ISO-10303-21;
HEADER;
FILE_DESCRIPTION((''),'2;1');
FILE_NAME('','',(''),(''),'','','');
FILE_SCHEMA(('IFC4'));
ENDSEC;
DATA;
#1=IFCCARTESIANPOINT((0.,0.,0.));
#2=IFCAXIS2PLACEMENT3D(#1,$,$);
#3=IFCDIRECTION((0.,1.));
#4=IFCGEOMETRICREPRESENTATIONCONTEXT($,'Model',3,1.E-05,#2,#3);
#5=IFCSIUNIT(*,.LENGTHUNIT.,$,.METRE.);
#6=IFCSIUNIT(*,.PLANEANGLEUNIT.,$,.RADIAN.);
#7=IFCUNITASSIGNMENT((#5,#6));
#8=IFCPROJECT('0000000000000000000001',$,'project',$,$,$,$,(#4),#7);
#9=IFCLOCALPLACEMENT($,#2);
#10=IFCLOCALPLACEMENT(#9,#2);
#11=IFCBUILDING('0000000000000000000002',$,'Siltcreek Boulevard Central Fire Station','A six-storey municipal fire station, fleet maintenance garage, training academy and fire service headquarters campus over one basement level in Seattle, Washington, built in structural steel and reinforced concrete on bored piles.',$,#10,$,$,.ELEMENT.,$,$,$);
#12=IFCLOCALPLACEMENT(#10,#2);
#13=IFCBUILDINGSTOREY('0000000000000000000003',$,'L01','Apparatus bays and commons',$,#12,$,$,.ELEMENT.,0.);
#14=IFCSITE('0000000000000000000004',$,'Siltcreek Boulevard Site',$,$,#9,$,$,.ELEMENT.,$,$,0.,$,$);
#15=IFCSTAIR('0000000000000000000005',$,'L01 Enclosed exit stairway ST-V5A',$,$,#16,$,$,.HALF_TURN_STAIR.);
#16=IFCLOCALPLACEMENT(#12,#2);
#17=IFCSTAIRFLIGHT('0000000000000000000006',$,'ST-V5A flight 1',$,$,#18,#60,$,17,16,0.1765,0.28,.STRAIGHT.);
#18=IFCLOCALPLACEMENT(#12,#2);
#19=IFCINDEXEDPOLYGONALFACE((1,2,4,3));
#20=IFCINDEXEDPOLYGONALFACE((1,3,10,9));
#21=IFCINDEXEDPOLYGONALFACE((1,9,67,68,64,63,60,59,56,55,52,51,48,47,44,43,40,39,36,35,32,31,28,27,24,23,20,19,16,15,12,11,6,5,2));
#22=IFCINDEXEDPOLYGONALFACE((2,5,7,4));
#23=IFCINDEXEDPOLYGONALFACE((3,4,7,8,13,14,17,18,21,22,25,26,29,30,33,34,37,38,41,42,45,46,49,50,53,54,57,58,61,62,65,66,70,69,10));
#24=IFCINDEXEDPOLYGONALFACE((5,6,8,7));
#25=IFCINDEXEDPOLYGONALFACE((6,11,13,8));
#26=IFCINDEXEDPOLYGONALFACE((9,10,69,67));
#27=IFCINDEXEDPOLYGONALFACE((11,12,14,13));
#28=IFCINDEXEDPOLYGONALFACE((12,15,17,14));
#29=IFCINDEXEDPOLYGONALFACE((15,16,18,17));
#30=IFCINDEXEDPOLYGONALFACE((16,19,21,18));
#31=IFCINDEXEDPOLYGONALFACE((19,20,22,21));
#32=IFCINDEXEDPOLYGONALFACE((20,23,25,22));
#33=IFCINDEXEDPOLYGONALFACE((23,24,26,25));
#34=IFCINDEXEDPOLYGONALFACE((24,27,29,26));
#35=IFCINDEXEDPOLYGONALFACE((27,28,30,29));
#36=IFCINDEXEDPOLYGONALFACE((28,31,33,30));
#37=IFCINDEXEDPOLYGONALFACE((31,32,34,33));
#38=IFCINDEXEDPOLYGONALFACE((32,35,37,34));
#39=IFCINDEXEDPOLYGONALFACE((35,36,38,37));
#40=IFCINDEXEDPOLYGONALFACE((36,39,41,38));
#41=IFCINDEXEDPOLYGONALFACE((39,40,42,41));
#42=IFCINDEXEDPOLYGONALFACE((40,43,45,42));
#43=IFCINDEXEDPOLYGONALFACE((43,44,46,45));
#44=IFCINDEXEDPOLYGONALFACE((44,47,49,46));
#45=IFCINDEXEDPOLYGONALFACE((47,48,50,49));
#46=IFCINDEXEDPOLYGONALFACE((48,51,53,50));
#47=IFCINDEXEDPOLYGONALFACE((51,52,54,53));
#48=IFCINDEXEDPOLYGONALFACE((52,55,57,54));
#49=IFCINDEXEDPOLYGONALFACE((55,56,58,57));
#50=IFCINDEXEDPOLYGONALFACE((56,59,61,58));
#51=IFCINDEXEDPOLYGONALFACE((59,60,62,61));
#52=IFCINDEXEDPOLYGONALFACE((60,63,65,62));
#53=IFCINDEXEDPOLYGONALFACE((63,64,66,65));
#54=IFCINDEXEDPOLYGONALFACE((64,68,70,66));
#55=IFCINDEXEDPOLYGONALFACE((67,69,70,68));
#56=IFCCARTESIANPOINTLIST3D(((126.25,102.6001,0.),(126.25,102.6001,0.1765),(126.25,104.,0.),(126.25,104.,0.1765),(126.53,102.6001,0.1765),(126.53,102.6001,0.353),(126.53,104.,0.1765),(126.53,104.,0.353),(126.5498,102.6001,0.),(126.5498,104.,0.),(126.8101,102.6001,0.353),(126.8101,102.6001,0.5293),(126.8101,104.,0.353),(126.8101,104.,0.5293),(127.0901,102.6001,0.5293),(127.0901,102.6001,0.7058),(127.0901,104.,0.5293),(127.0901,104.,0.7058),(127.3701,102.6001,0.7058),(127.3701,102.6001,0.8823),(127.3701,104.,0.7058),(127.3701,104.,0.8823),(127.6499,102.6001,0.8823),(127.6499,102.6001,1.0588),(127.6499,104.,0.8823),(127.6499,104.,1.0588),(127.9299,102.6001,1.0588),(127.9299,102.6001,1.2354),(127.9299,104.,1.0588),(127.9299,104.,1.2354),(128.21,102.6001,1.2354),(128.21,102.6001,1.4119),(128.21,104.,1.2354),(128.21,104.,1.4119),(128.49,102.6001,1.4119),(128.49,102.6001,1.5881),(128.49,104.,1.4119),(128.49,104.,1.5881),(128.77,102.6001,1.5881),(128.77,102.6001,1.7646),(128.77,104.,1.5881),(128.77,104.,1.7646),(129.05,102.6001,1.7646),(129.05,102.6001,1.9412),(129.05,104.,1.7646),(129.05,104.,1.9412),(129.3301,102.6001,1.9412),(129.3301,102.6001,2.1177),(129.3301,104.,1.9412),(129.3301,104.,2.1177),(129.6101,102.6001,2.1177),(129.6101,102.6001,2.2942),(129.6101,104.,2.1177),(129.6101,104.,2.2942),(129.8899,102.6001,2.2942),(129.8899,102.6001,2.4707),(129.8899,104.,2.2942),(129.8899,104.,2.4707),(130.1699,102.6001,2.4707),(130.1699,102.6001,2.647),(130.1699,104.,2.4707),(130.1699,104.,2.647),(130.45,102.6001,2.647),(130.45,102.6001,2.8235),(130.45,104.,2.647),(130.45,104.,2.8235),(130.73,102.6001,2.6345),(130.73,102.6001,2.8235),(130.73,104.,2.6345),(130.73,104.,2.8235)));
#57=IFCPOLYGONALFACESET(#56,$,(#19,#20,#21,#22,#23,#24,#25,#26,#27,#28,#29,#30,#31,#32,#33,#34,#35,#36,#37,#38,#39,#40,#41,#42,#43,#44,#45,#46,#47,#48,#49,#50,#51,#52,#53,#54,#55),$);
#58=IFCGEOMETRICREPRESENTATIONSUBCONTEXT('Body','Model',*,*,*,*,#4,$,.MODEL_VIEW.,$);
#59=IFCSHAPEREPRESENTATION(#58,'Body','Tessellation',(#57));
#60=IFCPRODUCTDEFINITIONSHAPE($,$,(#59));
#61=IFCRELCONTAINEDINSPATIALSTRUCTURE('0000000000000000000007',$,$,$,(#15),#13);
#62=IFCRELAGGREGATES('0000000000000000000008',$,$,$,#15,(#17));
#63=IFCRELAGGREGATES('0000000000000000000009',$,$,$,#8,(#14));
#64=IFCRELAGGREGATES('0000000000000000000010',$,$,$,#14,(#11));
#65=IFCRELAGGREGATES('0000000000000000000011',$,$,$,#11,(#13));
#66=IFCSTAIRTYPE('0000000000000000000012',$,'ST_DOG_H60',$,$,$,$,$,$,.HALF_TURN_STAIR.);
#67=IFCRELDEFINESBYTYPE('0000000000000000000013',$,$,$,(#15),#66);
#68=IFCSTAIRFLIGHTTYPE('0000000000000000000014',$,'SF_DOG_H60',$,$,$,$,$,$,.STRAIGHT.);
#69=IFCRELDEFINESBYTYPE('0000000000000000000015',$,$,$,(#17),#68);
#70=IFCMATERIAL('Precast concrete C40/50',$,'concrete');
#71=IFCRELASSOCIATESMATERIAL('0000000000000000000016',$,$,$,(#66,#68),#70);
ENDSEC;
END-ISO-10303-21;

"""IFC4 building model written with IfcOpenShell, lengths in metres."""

from ifc_helpers import new_model, si_unit, direction, frame, origin, place, context, subcontext, project, spatial, polyline, outline, extrude, material, type_object, element, aggregate, save


model = new_model("IFC4")

# Units and contexts
model_context = context("Model", 3, precision=1e-05, world=origin(), true_north=direction((0.0, 1.0)))
body_context = subcontext(model_context, "Body", "Model", "MODEL_VIEW")
ifc_project = project(units=[si_unit("LENGTHUNIT", "METRE"), si_unit("PLANEANGLEUNIT", "RADIAN")], contexts=[model_context])

# Site, building, storey
site_placement = place(None, origin())
site = spatial("IfcSite", under=ifc_project, at=site_placement, Name="Siltcreek Boulevard Site", CompositionType="ELEMENT", RefElevation=0.0)
building_placement = place(site_placement, origin())
building = spatial("IfcBuilding", under=site, at=building_placement, Name="Siltcreek Boulevard Central Fire Station", Description="A six-storey municipal fire station, fleet maintenance garage, training academy and fire service headquarters campus over one basement level in Seattle, Washington, built in structural steel and reinforced concrete on bored piles.", CompositionType="ELEMENT")
storey_placement = place(building_placement, origin())
storey = spatial("IfcBuildingStorey", under=building, at=storey_placement, Name="L01", Description="Apparatus bays and commons", CompositionType="ELEMENT", Elevation=0.0)

# Stair, stair flight
ifc_material_1 = material(Name="Precast concrete C40/50", Category="concrete")
stair_type = type_object("IfcStairType", Name="ST_DOG_H60", PredefinedType="HALF_TURN_STAIR", material=ifc_material_1)
stair_placement = place(storey_placement, origin())
stair = element("IfcStair", 1, at=stair_placement, inside=storey, type_object=stair_type, Name="L01 Enclosed exit stairway ST-V5A", PredefinedType="HALF_TURN_STAIR")
stair_flight_type = type_object("IfcStairFlightType", Name="SF_DOG_H60", PredefinedType="STRAIGHT", material=ifc_material_1)
stair_flight_placement = place(storey_placement, frame((126.25, 103.3, 0.0), z_axis=(0.0, 0.0, 1.0), x_axis=(1.0, 0.0, 0.0)))
stair_flight = element("IfcStairFlight", 2, at=stair_flight_placement, type_object=stair_flight_type, Name="ST-V5A flight 1", NumberOfRisers=17, NumberOfTreads=16, PredefinedType="STRAIGHT", RiserHeight=0.1765, TreadLength=0.28, context=body_context, shape_type="SweptSolid", body=[
    extrude(outline(polyline([(0.0, 0.0), (0.0, 0.1765), (0.28, 0.1765), (0.28, 0.353), (0.5601, 0.353), (0.5601, 0.5293), (0.8401, 0.5293), (0.8401, 0.7058), (1.1201, 0.7058), (1.1201, 0.8823), (1.3999, 0.8823), (1.3999, 1.0588), (1.6799, 1.0588), (1.6799, 1.2354), (1.96, 1.2354), (1.96, 1.4119), (2.24, 1.4119), (2.24, 1.5881), (2.52, 1.5881), (2.52, 1.7646), (2.8, 1.7646), (2.8, 1.9412), (3.0801, 1.9412), (3.0801, 2.1177), (3.3601, 2.1177), (3.3601, 2.2942), (3.6399, 2.2942), (3.6399, 2.4707), (3.9199, 2.4707), (3.9199, 2.647), (4.2, 2.647), (4.2, 2.8235), (4.48, 2.8235), (4.48, 3.0), (4.48, 2.6345), (0.2998, 0.0), (0.0, 0.0)])), frame((0.0, 0.7, 0.0), z_axis=(0.0, -1.0, 0.0), x_axis=(1.0, 0.0, 0.0)), (0.0, 0.0, 1.0), 1.3999),
])
aggregate(stair, [stair_flight])

save(model, "model.ifc")
